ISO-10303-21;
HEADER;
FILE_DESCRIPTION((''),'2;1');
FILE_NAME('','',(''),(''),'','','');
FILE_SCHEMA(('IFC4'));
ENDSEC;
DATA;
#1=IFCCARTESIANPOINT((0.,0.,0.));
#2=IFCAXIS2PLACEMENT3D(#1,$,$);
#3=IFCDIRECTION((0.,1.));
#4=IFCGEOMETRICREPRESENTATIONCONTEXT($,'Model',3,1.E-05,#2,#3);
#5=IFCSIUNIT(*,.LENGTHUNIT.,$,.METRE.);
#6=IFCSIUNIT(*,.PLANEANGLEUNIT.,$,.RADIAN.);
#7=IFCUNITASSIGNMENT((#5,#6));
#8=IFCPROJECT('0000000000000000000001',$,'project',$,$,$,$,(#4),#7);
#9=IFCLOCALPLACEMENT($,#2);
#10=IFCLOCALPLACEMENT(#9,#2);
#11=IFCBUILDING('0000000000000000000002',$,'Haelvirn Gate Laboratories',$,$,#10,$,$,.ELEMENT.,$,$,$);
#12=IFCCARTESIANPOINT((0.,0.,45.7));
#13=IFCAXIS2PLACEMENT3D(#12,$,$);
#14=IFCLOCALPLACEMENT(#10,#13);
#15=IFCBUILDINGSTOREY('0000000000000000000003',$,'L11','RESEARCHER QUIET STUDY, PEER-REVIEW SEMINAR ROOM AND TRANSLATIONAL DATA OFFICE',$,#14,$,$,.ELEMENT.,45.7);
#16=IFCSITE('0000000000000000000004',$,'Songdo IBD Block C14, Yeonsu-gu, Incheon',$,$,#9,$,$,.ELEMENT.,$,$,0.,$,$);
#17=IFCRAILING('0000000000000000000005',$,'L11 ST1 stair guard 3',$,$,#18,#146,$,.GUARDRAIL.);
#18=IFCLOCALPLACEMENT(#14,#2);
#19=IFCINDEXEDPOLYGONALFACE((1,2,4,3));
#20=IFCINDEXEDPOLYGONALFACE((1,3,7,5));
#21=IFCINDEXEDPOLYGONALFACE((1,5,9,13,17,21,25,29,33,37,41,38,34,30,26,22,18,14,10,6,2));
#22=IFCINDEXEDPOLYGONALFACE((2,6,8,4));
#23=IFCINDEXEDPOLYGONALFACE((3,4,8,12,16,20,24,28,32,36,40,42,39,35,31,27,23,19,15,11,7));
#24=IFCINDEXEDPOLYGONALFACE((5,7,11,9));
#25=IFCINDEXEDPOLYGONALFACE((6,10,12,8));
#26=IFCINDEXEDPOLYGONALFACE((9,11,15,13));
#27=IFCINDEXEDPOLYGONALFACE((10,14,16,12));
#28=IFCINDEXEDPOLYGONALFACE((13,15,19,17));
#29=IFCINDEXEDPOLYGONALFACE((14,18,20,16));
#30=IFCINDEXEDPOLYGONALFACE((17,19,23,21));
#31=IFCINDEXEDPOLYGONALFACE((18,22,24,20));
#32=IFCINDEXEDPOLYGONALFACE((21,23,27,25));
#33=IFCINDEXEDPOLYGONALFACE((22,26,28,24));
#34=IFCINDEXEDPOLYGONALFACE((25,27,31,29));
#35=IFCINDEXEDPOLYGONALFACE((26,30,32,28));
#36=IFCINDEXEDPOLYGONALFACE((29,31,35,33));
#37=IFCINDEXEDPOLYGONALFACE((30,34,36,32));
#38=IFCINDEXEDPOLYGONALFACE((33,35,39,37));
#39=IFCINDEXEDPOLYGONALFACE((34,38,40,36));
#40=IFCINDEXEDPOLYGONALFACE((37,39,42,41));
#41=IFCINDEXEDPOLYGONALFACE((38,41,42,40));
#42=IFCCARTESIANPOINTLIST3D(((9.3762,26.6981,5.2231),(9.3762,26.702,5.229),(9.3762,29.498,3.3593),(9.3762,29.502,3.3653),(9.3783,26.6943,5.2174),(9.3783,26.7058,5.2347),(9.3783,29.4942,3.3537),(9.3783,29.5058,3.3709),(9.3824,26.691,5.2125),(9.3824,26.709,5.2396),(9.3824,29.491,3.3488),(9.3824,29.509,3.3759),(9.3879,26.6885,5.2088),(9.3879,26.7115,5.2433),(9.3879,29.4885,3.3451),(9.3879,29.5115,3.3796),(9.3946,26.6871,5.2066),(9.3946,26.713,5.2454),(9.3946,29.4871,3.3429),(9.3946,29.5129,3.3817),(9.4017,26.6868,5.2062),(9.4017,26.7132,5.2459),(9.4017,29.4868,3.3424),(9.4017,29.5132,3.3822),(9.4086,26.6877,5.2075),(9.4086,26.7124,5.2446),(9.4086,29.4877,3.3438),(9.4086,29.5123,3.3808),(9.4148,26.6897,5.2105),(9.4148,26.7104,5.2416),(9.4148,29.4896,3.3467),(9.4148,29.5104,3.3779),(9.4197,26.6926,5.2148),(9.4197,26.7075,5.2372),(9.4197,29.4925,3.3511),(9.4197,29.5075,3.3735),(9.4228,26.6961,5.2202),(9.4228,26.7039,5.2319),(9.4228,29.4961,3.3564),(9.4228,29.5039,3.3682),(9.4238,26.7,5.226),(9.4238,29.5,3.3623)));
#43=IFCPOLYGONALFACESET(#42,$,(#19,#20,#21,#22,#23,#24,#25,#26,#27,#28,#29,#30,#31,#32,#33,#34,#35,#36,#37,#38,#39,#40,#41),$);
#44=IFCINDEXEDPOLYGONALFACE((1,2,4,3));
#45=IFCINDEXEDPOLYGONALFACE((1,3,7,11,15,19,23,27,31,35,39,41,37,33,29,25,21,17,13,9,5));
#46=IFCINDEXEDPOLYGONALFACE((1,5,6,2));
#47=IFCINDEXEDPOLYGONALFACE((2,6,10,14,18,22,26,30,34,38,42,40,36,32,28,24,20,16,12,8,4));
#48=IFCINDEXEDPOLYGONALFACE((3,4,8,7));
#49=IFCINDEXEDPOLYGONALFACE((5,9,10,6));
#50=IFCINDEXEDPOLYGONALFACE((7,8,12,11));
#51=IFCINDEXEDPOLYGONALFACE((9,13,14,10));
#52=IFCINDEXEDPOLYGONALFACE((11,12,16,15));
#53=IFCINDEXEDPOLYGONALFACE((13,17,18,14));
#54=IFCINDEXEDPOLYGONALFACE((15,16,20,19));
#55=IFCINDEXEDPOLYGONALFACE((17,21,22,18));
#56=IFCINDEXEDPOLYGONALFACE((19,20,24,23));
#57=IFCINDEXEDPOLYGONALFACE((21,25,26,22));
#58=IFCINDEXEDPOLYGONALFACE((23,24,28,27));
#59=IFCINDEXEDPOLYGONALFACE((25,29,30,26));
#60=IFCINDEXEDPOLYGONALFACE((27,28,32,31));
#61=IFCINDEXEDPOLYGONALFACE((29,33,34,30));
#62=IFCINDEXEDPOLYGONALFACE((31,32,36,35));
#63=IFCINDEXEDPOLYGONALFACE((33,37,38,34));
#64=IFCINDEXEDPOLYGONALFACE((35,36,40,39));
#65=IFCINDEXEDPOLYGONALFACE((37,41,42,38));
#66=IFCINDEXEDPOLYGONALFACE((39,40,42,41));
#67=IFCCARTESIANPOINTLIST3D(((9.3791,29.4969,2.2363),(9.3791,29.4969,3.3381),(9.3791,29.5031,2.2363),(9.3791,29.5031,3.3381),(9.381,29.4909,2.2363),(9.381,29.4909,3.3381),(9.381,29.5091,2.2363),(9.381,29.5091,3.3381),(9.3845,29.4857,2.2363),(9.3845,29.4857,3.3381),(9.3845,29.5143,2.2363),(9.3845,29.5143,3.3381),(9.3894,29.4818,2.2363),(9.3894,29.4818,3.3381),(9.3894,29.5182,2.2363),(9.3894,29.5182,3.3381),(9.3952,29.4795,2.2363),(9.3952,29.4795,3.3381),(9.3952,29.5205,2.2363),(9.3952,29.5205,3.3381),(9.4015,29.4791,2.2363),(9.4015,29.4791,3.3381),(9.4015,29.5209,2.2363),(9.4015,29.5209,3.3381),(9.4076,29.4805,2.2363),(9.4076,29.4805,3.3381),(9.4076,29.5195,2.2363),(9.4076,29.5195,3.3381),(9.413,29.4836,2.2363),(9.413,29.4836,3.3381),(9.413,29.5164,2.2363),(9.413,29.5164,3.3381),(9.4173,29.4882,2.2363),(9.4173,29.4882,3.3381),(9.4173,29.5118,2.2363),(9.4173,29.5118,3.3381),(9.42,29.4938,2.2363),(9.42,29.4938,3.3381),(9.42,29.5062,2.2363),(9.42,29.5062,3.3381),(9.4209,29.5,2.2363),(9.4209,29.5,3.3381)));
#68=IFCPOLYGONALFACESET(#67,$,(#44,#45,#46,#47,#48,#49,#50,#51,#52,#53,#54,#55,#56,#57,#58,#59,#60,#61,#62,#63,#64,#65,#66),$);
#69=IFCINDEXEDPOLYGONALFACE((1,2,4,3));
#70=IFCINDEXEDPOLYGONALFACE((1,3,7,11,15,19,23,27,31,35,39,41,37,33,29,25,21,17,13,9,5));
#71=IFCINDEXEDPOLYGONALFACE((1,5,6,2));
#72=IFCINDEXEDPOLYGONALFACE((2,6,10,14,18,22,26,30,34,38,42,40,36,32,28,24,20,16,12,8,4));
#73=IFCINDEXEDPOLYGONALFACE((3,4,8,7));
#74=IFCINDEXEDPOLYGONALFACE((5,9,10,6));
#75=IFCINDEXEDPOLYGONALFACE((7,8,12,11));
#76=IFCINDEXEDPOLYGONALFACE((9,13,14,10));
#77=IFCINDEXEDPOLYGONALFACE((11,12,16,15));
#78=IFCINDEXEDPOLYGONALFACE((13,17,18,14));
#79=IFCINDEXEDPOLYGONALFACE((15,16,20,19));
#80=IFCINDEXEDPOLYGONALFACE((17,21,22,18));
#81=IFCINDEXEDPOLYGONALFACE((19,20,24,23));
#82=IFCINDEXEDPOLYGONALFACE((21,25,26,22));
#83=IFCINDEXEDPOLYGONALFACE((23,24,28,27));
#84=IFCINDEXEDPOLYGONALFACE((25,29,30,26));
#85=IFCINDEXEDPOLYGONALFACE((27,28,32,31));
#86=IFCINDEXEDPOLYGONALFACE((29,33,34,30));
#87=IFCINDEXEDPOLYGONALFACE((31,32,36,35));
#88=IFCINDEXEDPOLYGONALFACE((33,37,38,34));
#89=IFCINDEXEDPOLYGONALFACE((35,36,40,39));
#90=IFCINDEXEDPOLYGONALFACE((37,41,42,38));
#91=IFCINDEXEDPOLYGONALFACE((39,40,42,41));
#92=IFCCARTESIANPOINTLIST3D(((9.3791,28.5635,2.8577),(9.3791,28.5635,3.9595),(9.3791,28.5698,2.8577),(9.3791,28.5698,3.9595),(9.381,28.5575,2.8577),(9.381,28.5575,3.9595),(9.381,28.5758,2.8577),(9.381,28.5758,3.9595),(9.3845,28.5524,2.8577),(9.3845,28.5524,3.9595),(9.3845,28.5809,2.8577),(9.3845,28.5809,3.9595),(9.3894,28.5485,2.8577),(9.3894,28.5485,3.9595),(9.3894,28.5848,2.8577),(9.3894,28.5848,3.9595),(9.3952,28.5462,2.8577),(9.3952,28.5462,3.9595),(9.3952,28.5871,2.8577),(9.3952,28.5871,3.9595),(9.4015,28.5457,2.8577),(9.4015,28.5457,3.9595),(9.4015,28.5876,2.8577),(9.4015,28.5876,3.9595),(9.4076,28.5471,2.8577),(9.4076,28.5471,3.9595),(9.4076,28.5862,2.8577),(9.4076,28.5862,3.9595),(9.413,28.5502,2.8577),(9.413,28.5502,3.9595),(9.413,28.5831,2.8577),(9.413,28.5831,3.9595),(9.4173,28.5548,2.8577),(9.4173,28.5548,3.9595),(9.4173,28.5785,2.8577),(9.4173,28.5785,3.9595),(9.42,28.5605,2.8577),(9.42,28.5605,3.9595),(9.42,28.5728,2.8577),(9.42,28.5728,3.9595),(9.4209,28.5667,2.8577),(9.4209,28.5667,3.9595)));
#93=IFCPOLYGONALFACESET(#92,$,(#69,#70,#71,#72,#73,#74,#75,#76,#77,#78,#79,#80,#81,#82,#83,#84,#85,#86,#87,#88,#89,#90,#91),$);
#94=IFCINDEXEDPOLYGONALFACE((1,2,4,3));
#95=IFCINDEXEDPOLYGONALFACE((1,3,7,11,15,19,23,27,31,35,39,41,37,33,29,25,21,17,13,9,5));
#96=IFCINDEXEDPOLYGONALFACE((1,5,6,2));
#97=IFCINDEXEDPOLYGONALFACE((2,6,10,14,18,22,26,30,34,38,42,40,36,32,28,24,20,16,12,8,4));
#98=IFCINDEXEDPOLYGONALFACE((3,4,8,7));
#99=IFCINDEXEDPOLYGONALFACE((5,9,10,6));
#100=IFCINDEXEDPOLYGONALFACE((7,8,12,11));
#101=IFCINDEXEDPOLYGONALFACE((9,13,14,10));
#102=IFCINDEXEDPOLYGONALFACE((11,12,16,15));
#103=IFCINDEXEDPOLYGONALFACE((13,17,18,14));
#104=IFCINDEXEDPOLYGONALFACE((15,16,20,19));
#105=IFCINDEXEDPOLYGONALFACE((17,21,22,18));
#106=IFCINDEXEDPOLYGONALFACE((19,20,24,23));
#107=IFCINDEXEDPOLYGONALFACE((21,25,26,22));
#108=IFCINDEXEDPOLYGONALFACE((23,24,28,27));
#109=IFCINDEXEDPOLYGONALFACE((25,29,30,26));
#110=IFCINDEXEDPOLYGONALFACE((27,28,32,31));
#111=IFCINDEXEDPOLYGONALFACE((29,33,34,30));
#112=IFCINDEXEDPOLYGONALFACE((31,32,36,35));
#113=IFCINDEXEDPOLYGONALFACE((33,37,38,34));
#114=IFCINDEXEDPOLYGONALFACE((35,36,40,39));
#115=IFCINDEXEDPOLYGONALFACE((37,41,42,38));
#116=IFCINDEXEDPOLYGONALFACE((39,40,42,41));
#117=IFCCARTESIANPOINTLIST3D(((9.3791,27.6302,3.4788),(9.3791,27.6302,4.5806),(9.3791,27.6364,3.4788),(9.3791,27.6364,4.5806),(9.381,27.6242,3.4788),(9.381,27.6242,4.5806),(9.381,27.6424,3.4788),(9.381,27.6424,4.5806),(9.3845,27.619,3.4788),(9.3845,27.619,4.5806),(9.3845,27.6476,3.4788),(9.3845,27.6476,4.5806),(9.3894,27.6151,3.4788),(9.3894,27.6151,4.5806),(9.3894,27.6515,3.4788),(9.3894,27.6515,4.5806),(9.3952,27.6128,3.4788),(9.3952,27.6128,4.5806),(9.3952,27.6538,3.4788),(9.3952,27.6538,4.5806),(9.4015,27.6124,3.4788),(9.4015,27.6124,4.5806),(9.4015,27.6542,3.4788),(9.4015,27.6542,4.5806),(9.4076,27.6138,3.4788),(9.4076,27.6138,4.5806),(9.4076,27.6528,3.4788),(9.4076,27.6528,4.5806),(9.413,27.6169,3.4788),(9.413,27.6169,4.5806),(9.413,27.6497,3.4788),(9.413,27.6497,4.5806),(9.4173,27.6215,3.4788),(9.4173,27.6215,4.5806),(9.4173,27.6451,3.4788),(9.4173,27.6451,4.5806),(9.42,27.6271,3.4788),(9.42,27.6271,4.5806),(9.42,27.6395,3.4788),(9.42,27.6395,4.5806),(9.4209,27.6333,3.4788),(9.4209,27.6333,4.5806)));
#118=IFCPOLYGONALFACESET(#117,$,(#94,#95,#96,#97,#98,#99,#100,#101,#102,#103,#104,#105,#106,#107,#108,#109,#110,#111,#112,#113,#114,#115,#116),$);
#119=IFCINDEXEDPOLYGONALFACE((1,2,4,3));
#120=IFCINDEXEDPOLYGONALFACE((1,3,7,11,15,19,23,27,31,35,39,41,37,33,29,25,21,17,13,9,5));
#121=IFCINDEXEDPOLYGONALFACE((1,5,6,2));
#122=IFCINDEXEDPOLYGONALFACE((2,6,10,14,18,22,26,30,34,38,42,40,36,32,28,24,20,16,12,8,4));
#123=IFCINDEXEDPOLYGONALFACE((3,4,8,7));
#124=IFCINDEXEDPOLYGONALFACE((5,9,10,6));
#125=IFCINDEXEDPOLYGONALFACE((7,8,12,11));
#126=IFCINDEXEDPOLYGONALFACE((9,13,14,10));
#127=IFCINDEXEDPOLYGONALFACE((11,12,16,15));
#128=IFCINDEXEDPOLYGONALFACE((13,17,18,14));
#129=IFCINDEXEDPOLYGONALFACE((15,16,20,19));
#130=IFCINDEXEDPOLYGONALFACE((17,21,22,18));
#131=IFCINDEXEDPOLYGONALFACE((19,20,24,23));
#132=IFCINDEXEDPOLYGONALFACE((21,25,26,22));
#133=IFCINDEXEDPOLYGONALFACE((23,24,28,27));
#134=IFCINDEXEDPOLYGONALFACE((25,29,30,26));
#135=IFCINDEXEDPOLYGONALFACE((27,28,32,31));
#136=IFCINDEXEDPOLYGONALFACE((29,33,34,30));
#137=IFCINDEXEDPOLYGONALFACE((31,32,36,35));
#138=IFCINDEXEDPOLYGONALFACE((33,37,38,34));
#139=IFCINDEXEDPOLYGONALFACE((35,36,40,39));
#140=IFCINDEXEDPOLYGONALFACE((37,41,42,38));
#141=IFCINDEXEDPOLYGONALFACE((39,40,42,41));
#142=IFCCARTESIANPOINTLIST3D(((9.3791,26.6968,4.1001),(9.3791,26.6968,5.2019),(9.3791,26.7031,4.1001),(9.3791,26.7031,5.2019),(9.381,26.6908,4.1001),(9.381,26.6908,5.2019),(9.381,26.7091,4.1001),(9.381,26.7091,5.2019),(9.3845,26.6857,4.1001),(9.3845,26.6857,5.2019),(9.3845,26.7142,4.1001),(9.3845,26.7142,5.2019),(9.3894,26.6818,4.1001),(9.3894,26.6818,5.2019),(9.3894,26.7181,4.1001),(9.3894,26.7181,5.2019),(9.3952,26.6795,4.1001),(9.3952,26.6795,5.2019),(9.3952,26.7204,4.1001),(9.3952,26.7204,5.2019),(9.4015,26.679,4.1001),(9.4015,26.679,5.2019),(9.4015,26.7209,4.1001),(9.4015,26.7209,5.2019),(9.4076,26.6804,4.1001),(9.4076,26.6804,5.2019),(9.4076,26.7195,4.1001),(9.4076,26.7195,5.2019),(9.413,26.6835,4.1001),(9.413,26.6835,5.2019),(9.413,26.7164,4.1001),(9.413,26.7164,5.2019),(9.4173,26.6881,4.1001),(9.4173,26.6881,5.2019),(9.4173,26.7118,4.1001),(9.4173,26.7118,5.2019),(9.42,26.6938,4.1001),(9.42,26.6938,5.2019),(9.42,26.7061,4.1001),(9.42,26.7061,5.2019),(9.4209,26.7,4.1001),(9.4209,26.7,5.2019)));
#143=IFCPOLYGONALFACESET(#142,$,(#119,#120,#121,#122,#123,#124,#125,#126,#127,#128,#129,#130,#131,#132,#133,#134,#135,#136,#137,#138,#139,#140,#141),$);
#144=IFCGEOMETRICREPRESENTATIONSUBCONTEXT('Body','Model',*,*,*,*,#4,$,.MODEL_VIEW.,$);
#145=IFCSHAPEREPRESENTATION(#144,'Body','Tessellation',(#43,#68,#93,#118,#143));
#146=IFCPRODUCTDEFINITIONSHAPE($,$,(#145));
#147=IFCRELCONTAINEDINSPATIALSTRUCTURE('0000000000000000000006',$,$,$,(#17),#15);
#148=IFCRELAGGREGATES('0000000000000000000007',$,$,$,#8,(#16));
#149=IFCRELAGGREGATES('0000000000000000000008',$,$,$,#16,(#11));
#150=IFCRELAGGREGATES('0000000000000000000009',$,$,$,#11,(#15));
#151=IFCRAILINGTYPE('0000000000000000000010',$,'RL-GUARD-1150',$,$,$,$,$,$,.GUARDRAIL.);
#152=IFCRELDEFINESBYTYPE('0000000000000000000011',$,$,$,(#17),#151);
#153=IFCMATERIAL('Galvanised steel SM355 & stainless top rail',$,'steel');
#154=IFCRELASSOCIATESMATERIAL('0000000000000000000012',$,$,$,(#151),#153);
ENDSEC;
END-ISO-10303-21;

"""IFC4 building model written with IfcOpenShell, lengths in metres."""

from ifc_helpers import new_model, si_unit, direction, frame, origin, origin_2d, place, context, subcontext, project, spatial, circle, extrude, source, transform, mapped, material, type_object, element, save


model = new_model("IFC4")

# Units and contexts
model_context = context("Model", 3, precision=1e-05, world=origin(), true_north=direction((0.0, 1.0)))
body_context = subcontext(model_context, "Body", "Model", "MODEL_VIEW")
ifc_project = project(units=[si_unit("LENGTHUNIT", "METRE"), si_unit("PLANEANGLEUNIT", "RADIAN")], contexts=[model_context])

# Site, building, storey
site_placement = place(None, origin())
site = spatial("IfcSite", under=ifc_project, at=site_placement, Name="Songdo IBD Block C14, Yeonsu-gu, Incheon", CompositionType="ELEMENT", RefElevation=0.0)
building_placement = place(site_placement, origin())
building = spatial("IfcBuilding", under=site, at=building_placement, Name="Haelvirn Gate Laboratories", CompositionType="ELEMENT")
storey_placement = place(building_placement, frame((0.0, 0.0, 45.7)))
storey = spatial("IfcBuildingStorey", under=building, at=storey_placement, Name="L11", Description="RESEARCHER QUIET STUDY, PEER-REVIEW SEMINAR ROOM AND TRANSLATIONAL DATA OFFICE", CompositionType="ELEMENT", Elevation=45.7)

# Railing
ifc_material_1 = material(Name="Galvanised steel SM355 & stainless top rail", Category="steel")
railing_type_1 = type_object("IfcRailingType", Name="RL-GUARD-1150", PredefinedType="GUARDRAIL", material=ifc_material_1)
shared_shape_1 = source(origin(), body_context, "Body", "SweptSolid", [
    extrude(circle(Radius=0.0239, at=origin_2d()), frame((0.0, 0.0, 1.126), z_axis=(0.0, -0.832452, 0.554097), x_axis=(1.0, 0.0, 0.0)), (0.0, 0.0, 1.0), 3.3635),
    extrude(circle(Radius=0.021, at=origin_2d()), origin(), (0.0, 0.0, 1.0), 1.1018),
    extrude(circle(Radius=0.021, at=origin_2d()), frame((0.0, -0.9333, 0.6213)), (0.0, 0.0, 1.0), 1.1018),
    extrude(circle(Radius=0.021, at=origin_2d()), frame((0.0, -1.8667, 1.2424)), (0.0, 0.0, 1.0), 1.1018),
    extrude(circle(Radius=0.021, at=origin_2d()), frame((0.0, -2.8, 1.8638)), (0.0, 0.0, 1.0), 1.1018),
])
railing_1_placement = place(storey_placement, frame((9.3999, 29.5, 2.2363)))
element("IfcRailing", 1, at=railing_1_placement, inside=storey, type_object=railing_type_1, Name="L11 ST1 stair guard 3", PredefinedType="GUARDRAIL", context=body_context, shape_type="MappedRepresentation", body=[
    mapped(shared_shape_1, transform((0.0, 0.0, 0.0), scale=1.0)),
])

save(model, "model.ifc")
